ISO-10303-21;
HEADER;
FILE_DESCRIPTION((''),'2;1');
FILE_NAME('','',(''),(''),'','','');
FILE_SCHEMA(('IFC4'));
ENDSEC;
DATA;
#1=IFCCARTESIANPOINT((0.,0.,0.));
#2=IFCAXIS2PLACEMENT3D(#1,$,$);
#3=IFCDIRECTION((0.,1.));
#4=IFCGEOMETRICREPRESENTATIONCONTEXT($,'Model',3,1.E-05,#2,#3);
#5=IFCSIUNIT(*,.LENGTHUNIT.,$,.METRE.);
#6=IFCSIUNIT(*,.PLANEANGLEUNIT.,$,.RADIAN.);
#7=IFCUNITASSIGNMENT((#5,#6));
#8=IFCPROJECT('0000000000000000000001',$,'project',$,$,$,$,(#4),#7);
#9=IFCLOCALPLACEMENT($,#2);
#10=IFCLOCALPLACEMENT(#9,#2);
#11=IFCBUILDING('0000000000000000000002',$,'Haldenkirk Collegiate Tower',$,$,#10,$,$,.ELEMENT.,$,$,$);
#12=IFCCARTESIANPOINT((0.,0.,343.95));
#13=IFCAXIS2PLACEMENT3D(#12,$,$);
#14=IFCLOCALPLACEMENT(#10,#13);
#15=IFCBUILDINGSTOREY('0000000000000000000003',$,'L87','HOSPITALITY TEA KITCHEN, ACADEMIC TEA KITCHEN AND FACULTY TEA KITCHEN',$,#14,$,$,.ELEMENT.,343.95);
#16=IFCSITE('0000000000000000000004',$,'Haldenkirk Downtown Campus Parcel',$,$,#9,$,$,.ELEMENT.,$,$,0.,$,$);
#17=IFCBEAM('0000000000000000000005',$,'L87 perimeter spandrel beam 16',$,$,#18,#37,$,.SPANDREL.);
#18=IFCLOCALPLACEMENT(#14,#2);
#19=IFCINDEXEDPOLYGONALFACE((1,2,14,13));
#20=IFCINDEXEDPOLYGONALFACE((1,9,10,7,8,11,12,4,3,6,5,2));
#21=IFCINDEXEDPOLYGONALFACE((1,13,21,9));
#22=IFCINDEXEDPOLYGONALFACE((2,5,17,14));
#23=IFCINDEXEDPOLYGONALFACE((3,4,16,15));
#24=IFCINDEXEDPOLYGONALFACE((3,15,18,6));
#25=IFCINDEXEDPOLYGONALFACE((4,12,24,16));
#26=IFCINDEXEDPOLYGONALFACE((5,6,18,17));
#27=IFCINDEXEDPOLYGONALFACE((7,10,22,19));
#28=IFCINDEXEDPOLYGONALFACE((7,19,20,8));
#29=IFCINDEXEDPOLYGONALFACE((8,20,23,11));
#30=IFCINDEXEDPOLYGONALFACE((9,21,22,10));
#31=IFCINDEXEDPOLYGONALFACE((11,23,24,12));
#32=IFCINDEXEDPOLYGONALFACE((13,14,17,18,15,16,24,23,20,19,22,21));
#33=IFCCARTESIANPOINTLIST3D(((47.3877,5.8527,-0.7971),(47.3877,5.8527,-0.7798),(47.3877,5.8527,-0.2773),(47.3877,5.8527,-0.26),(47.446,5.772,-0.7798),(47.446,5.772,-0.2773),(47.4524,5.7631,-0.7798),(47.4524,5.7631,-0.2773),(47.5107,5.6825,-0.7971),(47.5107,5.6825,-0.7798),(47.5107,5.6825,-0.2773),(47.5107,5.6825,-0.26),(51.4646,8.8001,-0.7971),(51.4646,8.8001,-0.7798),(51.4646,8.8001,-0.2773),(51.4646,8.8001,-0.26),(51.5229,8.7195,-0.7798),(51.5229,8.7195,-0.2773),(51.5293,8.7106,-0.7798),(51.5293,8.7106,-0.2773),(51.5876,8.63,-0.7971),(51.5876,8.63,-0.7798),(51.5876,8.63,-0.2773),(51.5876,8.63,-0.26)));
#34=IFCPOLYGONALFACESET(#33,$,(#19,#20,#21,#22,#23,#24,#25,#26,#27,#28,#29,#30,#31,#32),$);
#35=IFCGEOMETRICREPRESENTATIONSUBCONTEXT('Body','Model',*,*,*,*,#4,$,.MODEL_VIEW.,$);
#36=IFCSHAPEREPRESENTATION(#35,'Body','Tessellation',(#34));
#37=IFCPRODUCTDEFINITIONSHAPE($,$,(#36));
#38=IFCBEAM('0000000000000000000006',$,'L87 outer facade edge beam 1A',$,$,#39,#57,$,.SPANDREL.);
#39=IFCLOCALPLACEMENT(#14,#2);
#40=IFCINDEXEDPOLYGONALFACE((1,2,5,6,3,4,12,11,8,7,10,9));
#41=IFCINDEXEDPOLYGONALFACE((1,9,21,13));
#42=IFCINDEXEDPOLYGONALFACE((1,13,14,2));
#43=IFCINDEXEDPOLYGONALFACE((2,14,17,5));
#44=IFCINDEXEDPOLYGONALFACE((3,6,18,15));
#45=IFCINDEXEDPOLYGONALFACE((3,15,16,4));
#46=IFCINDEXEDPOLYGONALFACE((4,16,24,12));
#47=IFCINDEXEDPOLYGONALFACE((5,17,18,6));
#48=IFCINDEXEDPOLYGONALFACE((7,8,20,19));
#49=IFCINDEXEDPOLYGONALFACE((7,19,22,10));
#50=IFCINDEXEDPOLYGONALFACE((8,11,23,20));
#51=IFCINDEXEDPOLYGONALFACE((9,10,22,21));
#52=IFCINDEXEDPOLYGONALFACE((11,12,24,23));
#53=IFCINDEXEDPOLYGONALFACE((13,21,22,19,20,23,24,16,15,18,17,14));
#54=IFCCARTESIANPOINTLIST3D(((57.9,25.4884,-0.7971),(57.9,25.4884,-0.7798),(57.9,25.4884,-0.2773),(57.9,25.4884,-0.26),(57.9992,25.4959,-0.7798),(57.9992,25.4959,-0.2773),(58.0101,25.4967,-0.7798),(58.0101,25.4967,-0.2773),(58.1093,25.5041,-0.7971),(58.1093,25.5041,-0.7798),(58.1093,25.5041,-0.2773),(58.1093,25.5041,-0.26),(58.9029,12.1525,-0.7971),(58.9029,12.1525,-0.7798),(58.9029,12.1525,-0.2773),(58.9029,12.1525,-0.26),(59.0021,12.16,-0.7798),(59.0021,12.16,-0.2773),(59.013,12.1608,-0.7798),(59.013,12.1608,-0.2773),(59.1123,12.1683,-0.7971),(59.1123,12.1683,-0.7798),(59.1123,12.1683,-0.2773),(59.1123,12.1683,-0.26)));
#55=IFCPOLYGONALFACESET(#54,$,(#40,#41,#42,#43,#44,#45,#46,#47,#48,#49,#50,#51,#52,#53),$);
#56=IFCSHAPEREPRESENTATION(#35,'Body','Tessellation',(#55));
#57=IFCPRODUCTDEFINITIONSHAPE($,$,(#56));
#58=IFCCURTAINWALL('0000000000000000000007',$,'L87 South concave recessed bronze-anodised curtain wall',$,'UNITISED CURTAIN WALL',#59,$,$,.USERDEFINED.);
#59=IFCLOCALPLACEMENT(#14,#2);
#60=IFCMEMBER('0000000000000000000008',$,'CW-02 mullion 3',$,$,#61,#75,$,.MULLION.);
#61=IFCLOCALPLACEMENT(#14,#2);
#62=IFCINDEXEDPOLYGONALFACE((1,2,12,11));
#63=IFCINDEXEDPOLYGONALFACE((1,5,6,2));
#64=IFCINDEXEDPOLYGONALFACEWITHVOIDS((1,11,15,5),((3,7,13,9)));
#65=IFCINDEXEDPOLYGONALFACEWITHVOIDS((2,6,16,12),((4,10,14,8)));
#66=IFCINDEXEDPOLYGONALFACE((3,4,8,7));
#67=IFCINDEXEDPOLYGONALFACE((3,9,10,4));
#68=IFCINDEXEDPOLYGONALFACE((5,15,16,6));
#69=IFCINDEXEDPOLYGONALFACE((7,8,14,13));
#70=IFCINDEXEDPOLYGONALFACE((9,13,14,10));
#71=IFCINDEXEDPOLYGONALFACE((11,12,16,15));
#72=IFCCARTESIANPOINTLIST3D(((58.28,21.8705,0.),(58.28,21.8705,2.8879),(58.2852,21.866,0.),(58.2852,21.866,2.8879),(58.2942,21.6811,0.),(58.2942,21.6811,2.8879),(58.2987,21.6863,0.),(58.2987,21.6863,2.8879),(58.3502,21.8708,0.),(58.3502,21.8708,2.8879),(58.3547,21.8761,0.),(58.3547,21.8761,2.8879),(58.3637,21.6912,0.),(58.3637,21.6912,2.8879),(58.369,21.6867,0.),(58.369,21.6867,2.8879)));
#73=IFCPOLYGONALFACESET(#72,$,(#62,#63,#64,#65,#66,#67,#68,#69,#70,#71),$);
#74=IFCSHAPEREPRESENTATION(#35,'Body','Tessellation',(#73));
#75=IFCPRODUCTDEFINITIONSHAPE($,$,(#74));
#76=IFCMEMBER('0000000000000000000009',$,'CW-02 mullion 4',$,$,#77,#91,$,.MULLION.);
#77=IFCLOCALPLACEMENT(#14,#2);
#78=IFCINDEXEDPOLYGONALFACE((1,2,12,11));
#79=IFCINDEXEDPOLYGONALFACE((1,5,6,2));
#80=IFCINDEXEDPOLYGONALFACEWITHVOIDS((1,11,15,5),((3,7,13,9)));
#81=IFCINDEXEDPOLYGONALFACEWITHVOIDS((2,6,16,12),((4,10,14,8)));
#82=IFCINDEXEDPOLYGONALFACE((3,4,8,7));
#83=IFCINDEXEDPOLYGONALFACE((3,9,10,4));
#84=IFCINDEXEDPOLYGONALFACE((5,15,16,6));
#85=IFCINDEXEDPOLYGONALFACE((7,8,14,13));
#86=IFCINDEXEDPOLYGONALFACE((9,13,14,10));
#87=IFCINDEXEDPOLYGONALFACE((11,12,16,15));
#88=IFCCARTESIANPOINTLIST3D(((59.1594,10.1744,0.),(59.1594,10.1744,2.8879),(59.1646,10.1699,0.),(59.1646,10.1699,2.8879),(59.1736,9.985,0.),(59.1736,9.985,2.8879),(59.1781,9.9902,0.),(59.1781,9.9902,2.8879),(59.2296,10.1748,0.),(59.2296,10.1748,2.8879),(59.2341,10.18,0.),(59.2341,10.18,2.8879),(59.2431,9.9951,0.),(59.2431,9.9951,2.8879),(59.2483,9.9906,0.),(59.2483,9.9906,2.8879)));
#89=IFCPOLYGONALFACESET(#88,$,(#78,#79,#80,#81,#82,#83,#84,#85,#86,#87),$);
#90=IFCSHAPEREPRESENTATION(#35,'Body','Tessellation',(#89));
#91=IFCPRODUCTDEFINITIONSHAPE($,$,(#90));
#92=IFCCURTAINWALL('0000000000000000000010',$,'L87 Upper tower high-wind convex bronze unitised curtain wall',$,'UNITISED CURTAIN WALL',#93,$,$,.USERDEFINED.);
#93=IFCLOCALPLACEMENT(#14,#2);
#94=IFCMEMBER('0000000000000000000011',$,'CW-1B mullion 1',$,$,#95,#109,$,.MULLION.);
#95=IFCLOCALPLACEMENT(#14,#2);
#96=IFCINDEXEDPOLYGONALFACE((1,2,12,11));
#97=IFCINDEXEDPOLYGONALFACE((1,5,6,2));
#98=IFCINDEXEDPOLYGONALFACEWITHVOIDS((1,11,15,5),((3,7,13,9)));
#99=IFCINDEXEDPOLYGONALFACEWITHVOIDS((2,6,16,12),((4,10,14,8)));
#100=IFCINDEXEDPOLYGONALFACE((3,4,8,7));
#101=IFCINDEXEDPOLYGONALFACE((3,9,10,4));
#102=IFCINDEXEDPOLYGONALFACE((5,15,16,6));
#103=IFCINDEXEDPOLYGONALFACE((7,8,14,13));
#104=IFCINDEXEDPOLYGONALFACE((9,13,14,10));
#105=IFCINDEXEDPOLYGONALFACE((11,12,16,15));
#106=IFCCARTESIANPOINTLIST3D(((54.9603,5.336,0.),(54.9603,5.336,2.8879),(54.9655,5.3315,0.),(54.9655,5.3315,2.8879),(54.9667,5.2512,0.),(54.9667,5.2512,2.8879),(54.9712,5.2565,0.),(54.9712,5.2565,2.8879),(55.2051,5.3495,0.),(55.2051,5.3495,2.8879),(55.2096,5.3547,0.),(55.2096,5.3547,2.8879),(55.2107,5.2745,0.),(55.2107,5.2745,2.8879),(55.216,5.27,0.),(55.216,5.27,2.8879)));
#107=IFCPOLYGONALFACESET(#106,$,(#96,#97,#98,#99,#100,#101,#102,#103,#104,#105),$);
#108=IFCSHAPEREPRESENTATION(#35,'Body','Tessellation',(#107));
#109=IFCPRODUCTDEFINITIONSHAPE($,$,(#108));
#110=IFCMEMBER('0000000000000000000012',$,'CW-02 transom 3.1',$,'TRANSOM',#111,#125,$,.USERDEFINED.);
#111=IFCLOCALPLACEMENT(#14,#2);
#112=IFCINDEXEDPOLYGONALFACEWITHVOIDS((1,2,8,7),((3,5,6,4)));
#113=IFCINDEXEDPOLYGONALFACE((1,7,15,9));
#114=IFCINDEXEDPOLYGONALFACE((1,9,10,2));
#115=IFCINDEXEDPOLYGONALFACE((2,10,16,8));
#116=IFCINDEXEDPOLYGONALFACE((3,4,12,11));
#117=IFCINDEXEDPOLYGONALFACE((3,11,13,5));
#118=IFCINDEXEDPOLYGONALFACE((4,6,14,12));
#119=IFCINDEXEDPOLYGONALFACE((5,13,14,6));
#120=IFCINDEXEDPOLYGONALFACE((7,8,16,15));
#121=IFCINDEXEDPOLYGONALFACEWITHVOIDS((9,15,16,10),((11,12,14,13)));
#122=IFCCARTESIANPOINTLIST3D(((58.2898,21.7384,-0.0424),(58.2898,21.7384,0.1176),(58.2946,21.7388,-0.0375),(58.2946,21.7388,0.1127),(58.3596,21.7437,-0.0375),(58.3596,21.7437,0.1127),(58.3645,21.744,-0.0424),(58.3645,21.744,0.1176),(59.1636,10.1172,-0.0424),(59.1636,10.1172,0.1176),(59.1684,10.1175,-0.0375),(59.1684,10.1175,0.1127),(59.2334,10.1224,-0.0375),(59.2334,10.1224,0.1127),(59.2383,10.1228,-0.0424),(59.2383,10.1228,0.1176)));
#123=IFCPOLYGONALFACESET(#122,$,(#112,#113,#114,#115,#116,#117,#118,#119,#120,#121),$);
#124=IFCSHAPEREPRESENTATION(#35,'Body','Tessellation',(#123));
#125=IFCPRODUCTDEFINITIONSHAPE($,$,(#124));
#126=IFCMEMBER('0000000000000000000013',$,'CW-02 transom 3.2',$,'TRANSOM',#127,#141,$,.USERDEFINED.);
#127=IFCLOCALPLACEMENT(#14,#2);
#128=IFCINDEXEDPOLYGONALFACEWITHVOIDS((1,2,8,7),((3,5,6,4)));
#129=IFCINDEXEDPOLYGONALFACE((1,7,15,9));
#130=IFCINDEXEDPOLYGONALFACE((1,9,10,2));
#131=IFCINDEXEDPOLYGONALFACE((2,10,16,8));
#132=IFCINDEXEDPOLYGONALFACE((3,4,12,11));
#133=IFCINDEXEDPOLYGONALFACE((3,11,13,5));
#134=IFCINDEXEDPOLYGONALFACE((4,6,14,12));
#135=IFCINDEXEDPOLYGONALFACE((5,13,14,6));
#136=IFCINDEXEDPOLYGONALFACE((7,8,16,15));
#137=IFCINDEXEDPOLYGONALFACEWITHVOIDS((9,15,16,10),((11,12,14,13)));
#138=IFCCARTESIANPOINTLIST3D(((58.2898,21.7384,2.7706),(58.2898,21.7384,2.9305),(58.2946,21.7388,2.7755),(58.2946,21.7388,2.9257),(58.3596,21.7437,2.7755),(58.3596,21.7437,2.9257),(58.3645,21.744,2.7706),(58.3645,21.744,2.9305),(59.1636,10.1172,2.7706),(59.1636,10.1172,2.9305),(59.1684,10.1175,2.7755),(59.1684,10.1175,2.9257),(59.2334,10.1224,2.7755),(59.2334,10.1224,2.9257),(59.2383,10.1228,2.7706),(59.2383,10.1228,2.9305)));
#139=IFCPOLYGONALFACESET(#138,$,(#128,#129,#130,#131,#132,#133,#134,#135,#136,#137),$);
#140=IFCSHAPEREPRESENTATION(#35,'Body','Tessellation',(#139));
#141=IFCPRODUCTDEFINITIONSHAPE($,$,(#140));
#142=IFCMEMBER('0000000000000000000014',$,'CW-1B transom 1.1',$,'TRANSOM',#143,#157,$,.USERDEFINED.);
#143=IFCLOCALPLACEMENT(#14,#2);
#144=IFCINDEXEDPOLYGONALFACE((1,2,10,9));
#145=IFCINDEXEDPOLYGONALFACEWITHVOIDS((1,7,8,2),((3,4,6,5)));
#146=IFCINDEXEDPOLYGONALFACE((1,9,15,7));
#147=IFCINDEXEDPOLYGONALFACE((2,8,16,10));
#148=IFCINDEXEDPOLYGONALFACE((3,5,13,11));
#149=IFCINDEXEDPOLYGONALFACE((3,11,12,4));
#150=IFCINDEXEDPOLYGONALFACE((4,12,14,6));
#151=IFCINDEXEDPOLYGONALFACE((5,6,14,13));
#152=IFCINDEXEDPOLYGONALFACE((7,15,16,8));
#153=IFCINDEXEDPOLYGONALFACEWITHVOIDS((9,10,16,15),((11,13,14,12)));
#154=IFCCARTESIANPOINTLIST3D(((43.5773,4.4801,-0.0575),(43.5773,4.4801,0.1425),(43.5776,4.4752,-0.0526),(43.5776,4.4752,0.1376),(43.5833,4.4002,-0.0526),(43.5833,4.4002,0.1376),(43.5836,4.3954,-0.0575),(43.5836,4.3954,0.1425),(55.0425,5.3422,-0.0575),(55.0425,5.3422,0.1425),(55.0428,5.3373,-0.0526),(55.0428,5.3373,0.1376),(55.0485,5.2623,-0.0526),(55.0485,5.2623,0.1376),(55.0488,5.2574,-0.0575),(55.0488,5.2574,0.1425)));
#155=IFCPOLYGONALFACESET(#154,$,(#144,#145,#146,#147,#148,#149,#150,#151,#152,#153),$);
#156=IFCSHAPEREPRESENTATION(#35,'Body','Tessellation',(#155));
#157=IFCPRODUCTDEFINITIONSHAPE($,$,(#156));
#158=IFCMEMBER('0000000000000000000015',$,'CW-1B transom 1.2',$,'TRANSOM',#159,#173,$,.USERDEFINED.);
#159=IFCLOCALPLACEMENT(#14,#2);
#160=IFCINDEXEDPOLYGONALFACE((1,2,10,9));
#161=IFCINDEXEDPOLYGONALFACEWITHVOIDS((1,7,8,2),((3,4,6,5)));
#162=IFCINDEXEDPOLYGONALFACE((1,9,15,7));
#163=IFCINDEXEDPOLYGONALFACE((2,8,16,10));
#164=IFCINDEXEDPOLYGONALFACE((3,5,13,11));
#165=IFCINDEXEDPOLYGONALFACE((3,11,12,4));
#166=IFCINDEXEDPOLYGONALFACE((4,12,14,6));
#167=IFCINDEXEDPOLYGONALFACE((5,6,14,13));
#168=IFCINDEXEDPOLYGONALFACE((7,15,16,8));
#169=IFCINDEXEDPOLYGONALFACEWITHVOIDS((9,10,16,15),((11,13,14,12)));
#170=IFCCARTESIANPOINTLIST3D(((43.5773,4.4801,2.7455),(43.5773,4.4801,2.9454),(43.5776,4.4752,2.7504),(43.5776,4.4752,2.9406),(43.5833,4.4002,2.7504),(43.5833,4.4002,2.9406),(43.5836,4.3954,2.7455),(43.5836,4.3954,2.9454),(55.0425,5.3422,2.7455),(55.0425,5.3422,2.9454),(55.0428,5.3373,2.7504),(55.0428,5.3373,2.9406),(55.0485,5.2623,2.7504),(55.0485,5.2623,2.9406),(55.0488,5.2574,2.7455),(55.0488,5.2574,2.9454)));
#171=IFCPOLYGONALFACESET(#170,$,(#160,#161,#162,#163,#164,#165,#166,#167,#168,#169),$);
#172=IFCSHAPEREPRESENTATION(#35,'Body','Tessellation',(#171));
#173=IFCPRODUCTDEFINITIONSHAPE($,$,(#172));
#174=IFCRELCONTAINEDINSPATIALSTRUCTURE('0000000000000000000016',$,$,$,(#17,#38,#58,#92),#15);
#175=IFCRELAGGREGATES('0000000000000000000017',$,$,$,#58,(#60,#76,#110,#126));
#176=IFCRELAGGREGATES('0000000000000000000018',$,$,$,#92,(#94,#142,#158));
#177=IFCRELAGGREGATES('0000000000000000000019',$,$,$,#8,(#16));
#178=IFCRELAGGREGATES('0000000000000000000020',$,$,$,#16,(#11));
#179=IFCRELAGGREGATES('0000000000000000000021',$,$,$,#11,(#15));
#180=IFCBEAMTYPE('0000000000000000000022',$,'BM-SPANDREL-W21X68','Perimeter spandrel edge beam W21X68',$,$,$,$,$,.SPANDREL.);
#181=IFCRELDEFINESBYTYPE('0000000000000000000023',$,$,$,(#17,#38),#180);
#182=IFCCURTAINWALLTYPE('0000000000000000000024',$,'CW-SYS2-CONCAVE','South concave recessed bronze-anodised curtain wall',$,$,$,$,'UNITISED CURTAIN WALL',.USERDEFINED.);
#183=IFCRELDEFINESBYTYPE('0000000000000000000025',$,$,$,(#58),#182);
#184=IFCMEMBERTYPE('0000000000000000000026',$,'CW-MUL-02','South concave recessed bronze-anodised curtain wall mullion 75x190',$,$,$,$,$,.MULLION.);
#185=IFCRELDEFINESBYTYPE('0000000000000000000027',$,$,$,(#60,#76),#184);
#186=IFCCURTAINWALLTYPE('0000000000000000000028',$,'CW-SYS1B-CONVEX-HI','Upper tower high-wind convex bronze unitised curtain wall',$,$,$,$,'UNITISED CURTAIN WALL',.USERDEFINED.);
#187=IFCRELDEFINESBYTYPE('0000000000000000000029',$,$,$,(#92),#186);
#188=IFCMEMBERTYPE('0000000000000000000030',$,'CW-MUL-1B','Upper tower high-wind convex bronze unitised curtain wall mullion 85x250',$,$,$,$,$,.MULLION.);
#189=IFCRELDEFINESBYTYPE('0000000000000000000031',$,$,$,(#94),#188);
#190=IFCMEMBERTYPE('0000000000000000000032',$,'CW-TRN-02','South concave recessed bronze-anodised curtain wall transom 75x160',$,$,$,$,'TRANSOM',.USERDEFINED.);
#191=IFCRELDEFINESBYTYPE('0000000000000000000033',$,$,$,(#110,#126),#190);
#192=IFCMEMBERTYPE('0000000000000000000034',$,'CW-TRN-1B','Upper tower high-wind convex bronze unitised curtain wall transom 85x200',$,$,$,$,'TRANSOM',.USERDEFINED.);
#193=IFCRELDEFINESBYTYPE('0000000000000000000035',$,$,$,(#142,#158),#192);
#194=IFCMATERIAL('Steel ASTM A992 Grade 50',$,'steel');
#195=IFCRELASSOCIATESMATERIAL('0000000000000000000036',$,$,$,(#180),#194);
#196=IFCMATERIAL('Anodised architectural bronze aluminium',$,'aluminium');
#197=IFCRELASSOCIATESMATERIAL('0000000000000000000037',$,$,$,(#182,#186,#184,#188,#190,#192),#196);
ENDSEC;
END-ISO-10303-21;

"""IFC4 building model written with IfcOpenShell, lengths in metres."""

from ifc_helpers import new_model, si_unit, direction, frame, origin, origin_2d, place, context, subcontext, project, spatial, hollow_rectangle, i_section, extrude, material, material_profile, profile_set, type_object, element, aggregate, save


model = new_model("IFC4")

# Units and contexts
model_context = context("Model", 3, precision=1e-05, world=origin(), true_north=direction((0.0, 1.0)))
body_context = subcontext(model_context, "Body", "Model", "MODEL_VIEW")
ifc_project = project(units=[si_unit("LENGTHUNIT", "METRE"), si_unit("PLANEANGLEUNIT", "RADIAN")], contexts=[model_context])

# Site, building, storey
site_placement = place(None, origin())
site = spatial("IfcSite", under=ifc_project, at=site_placement, Name="Haldenkirk Downtown Campus Parcel", CompositionType="ELEMENT", RefElevation=0.0)
building_placement = place(site_placement, origin())
building = spatial("IfcBuilding", under=site, at=building_placement, Name="Haldenkirk Collegiate Tower", CompositionType="ELEMENT")
storey_placement = place(building_placement, frame((0.0, 0.0, 343.95)))
storey = spatial("IfcBuildingStorey", under=building, at=storey_placement, Name="L87", Description="HOSPITALITY TEA KITCHEN, ACADEMIC TEA KITCHEN AND FACULTY TEA KITCHEN", CompositionType="ELEMENT", Elevation=343.95)

# Beams
ifc_material_1 = material(Name="Steel ASTM A992 Grade 50", Category="steel")
ifc_material_profile_1 = material_profile(ifc_material_1, i_section(OverallWidth=0.21, OverallDepth=0.5371, WebThickness=0.011, FlangeThickness=0.0173, at=origin_2d()), Name="W21X68")
ifc_profile_set_1 = profile_set([ifc_material_profile_1], Name="Steel ASTM A992 Grade 50")
beam_type_1 = type_object("IfcBeamType", Name="BM-SPANDREL-W21X68", Description="Perimeter spandrel edge beam W21X68", PredefinedType="SPANDREL", material=ifc_profile_set_1)
beam_1_placement = place(storey_placement, frame((47.4492, 5.7676, -0.5286), z_axis=(0.810389, 0.585893, 0.0), x_axis=(-0.585893, 0.810389, 0.0)))
element("IfcBeam", 1, at=beam_1_placement, inside=storey, type_object=beam_type_1, Name="L87 perimeter spandrel beam 16", PredefinedType="SPANDREL", context=body_context, shape_type="SweptSolid", body=[
    extrude(i_section(OverallWidth=0.21, OverallDepth=0.5371, WebThickness=0.011, FlangeThickness=0.0173, at=origin_2d()), origin(), (0.0, 0.0, 1.0), 5.0308),
])
beam_2_placement = place(storey_placement, frame((59.0076, 12.1604, -0.5286), z_axis=(-0.074993, 0.997184, 0.0), x_axis=(-0.997184, -0.074993, 0.0)))
element("IfcBeam", 2, at=beam_2_placement, inside=storey, type_object=beam_type_1, Name="L87 outer facade edge beam 1A", PredefinedType="SPANDREL", context=body_context, shape_type="SweptSolid", body=[
    extrude(i_section(OverallWidth=0.21, OverallDepth=0.5371, WebThickness=0.011, FlangeThickness=0.0173, at=origin_2d()), origin(), (0.0, 0.0, 1.0), 13.3735),
])

# Curtain wall, members
ifc_material_2 = material(Name="Anodised architectural bronze aluminium", Category="aluminium")
curtain_wall_type_1 = type_object("IfcCurtainWallType", Name="CW-SYS2-CONCAVE", Description="South concave recessed bronze-anodised curtain wall", ElementType="UNITISED CURTAIN WALL", PredefinedType="USERDEFINED", material=ifc_material_2)
curtain_wall_1_placement = place(storey_placement, origin())
curtain_wall_1 = element("IfcCurtainWall", 3, at=curtain_wall_1_placement, inside=storey, type_object=curtain_wall_type_1, Name="L87 South concave recessed bronze-anodised curtain wall", ObjectType="UNITISED CURTAIN WALL", PredefinedType="USERDEFINED")
ifc_material_profile_2 = material_profile(ifc_material_2, hollow_rectangle(XDim=0.075, YDim=0.1899, WallThickness=0.0049, at=origin_2d()), Name="CW-MUL-02")
ifc_profile_set_2 = profile_set([ifc_material_profile_2], Name="Anodised architectural bronze aluminium")
member_type_1 = type_object("IfcMemberType", Name="CW-MUL-02", Description="South concave recessed bronze-anodised curtain wall mullion 75x190", PredefinedType="MULLION", material=ifc_profile_set_2)
member_1_placement = place(storey_placement, frame((58.3245, 21.7786, 0.0), z_axis=(0.0, 0.0, 1.0), x_axis=(0.997185, 0.074977, 0.0)))
member_1 = element("IfcMember", 4, at=member_1_placement, type_object=member_type_1, Name="CW-02 mullion 3", PredefinedType="MULLION", context=body_context, shape_type="SweptSolid", body=[
    extrude(hollow_rectangle(XDim=0.075, YDim=0.1899, WallThickness=0.0049, at=origin_2d()), origin(), (0.0, 0.0, 1.0), 2.8879),
])
member_2_placement = place(storey_placement, frame((59.2039, 10.0825, 0.0), z_axis=(0.0, 0.0, 1.0), x_axis=(0.997185, 0.074977, 0.0)))
member_2 = element("IfcMember", 5, at=member_2_placement, type_object=member_type_1, Name="CW-02 mullion 4", PredefinedType="MULLION", context=body_context, shape_type="SweptSolid", body=[
    extrude(hollow_rectangle(XDim=0.075, YDim=0.1899, WallThickness=0.0049, at=origin_2d()), origin(), (0.0, 0.0, 1.0), 2.8879),
])

# Curtain wall, member
curtain_wall_type_2 = type_object("IfcCurtainWallType", Name="CW-SYS1B-CONVEX-HI", Description="Upper tower high-wind convex bronze unitised curtain wall", ElementType="UNITISED CURTAIN WALL", PredefinedType="USERDEFINED", material=ifc_material_2)
curtain_wall_2_placement = place(storey_placement, origin())
curtain_wall_2 = element("IfcCurtainWall", 6, at=curtain_wall_2_placement, inside=storey, type_object=curtain_wall_type_2, Name="L87 Upper tower high-wind convex bronze unitised curtain wall", ObjectType="UNITISED CURTAIN WALL", PredefinedType="USERDEFINED")
ifc_material_profile_3 = material_profile(ifc_material_2, hollow_rectangle(XDim=0.085, YDim=0.25, WallThickness=0.0049, at=origin_2d()), Name="CW-MUL-1B")
ifc_profile_set_3 = profile_set([ifc_material_profile_3], Name="Anodised architectural bronze aluminium")
member_type_2 = type_object("IfcMemberType", Name="CW-MUL-1B", Description="Upper tower high-wind convex bronze unitised curtain wall mullion 85x250", PredefinedType="MULLION", material=ifc_profile_set_3)
member_3_placement = place(storey_placement, frame((55.0881, 5.303, 0.0), z_axis=(0.0, 0.0, 1.0), x_axis=(0.074976, -0.997185, 0.0)))
member_3 = element("IfcMember", 7, at=member_3_placement, type_object=member_type_2, Name="CW-1B mullion 1", PredefinedType="MULLION", context=body_context, shape_type="SweptSolid", body=[
    extrude(hollow_rectangle(XDim=0.085, YDim=0.25, WallThickness=0.0049, at=origin_2d()), origin(), (0.0, 0.0, 1.0), 2.8879),
])

# Members
ifc_material_profile_4 = material_profile(ifc_material_2, hollow_rectangle(XDim=0.075, YDim=0.1599, WallThickness=0.0049, at=origin_2d()), Name="CW-TRN-02")
ifc_profile_set_4 = profile_set([ifc_material_profile_4], Name="Anodised architectural bronze aluminium")
member_type_3 = type_object("IfcMemberType", Name="CW-TRN-02", Description="South concave recessed bronze-anodised curtain wall transom 75x160", ElementType="TRANSOM", PredefinedType="USERDEFINED", material=ifc_profile_set_4)
member_4_placement = place(storey_placement, frame((58.3271, 21.7412, 0.0376), z_axis=(0.074976, -0.997185, 0.0), x_axis=(0.997185, 0.074976, 0.0)))
member_4 = element("IfcMember", 8, at=member_4_placement, type_object=member_type_3, Name="CW-02 transom 3.1", ObjectType="TRANSOM", PredefinedType="USERDEFINED", context=body_context, shape_type="SweptSolid", body=[
    extrude(hollow_rectangle(XDim=0.075, YDim=0.1599, WallThickness=0.0049, at=origin_2d()), origin(), (0.0, 0.0, 1.0), 11.6541),
])
member_5_placement = place(storey_placement, frame((58.3271, 21.7412, 2.8506), z_axis=(0.074976, -0.997185, 0.0), x_axis=(0.997185, 0.074976, 0.0)))
member_5 = element("IfcMember", 9, at=member_5_placement, type_object=member_type_3, Name="CW-02 transom 3.2", ObjectType="TRANSOM", PredefinedType="USERDEFINED", context=body_context, shape_type="SweptSolid", body=[
    extrude(hollow_rectangle(XDim=0.075, YDim=0.1599, WallThickness=0.0049, at=origin_2d()), origin(), (0.0, 0.0, 1.0), 11.6541),
])
ifc_material_profile_5 = material_profile(ifc_material_2, hollow_rectangle(XDim=0.085, YDim=0.2, WallThickness=0.0049, at=origin_2d()), Name="CW-TRN-1B")
ifc_profile_set_5 = profile_set([ifc_material_profile_5], Name="Anodised architectural bronze aluminium")
member_type_4 = type_object("IfcMemberType", Name="CW-TRN-1B", Description="Upper tower high-wind convex bronze unitised curtain wall transom 85x200", ElementType="TRANSOM", PredefinedType="USERDEFINED", material=ifc_profile_set_5)
member_6_placement = place(storey_placement, frame((55.0457, 5.2998, 0.0425), z_axis=(-0.997185, -0.074978, 0.0), x_axis=(0.074978, -0.997185, 0.0)))
member_6 = element("IfcMember", 10, at=member_6_placement, type_object=member_type_4, Name="CW-1B transom 1.1", ObjectType="TRANSOM", PredefinedType="USERDEFINED", context=body_context, shape_type="SweptSolid", body=[
    extrude(hollow_rectangle(XDim=0.085, YDim=0.2, WallThickness=0.0049, at=origin_2d()), origin(), (0.0, 0.0, 1.0), 11.4976),
])
member_7_placement = place(storey_placement, frame((55.0457, 5.2998, 2.8455), z_axis=(-0.997185, -0.074978, 0.0), x_axis=(0.074978, -0.997185, 0.0)))
member_7 = element("IfcMember", 11, at=member_7_placement, type_object=member_type_4, Name="CW-1B transom 1.2", ObjectType="TRANSOM", PredefinedType="USERDEFINED", context=body_context, shape_type="SweptSolid", body=[
    extrude(hollow_rectangle(XDim=0.085, YDim=0.2, WallThickness=0.0049, at=origin_2d()), origin(), (0.0, 0.0, 1.0), 11.4976),
])

aggregate(curtain_wall_1, [member_1, member_2, member_4, member_5])
aggregate(curtain_wall_2, [member_3, member_6, member_7])

save(model, "model.ifc")
